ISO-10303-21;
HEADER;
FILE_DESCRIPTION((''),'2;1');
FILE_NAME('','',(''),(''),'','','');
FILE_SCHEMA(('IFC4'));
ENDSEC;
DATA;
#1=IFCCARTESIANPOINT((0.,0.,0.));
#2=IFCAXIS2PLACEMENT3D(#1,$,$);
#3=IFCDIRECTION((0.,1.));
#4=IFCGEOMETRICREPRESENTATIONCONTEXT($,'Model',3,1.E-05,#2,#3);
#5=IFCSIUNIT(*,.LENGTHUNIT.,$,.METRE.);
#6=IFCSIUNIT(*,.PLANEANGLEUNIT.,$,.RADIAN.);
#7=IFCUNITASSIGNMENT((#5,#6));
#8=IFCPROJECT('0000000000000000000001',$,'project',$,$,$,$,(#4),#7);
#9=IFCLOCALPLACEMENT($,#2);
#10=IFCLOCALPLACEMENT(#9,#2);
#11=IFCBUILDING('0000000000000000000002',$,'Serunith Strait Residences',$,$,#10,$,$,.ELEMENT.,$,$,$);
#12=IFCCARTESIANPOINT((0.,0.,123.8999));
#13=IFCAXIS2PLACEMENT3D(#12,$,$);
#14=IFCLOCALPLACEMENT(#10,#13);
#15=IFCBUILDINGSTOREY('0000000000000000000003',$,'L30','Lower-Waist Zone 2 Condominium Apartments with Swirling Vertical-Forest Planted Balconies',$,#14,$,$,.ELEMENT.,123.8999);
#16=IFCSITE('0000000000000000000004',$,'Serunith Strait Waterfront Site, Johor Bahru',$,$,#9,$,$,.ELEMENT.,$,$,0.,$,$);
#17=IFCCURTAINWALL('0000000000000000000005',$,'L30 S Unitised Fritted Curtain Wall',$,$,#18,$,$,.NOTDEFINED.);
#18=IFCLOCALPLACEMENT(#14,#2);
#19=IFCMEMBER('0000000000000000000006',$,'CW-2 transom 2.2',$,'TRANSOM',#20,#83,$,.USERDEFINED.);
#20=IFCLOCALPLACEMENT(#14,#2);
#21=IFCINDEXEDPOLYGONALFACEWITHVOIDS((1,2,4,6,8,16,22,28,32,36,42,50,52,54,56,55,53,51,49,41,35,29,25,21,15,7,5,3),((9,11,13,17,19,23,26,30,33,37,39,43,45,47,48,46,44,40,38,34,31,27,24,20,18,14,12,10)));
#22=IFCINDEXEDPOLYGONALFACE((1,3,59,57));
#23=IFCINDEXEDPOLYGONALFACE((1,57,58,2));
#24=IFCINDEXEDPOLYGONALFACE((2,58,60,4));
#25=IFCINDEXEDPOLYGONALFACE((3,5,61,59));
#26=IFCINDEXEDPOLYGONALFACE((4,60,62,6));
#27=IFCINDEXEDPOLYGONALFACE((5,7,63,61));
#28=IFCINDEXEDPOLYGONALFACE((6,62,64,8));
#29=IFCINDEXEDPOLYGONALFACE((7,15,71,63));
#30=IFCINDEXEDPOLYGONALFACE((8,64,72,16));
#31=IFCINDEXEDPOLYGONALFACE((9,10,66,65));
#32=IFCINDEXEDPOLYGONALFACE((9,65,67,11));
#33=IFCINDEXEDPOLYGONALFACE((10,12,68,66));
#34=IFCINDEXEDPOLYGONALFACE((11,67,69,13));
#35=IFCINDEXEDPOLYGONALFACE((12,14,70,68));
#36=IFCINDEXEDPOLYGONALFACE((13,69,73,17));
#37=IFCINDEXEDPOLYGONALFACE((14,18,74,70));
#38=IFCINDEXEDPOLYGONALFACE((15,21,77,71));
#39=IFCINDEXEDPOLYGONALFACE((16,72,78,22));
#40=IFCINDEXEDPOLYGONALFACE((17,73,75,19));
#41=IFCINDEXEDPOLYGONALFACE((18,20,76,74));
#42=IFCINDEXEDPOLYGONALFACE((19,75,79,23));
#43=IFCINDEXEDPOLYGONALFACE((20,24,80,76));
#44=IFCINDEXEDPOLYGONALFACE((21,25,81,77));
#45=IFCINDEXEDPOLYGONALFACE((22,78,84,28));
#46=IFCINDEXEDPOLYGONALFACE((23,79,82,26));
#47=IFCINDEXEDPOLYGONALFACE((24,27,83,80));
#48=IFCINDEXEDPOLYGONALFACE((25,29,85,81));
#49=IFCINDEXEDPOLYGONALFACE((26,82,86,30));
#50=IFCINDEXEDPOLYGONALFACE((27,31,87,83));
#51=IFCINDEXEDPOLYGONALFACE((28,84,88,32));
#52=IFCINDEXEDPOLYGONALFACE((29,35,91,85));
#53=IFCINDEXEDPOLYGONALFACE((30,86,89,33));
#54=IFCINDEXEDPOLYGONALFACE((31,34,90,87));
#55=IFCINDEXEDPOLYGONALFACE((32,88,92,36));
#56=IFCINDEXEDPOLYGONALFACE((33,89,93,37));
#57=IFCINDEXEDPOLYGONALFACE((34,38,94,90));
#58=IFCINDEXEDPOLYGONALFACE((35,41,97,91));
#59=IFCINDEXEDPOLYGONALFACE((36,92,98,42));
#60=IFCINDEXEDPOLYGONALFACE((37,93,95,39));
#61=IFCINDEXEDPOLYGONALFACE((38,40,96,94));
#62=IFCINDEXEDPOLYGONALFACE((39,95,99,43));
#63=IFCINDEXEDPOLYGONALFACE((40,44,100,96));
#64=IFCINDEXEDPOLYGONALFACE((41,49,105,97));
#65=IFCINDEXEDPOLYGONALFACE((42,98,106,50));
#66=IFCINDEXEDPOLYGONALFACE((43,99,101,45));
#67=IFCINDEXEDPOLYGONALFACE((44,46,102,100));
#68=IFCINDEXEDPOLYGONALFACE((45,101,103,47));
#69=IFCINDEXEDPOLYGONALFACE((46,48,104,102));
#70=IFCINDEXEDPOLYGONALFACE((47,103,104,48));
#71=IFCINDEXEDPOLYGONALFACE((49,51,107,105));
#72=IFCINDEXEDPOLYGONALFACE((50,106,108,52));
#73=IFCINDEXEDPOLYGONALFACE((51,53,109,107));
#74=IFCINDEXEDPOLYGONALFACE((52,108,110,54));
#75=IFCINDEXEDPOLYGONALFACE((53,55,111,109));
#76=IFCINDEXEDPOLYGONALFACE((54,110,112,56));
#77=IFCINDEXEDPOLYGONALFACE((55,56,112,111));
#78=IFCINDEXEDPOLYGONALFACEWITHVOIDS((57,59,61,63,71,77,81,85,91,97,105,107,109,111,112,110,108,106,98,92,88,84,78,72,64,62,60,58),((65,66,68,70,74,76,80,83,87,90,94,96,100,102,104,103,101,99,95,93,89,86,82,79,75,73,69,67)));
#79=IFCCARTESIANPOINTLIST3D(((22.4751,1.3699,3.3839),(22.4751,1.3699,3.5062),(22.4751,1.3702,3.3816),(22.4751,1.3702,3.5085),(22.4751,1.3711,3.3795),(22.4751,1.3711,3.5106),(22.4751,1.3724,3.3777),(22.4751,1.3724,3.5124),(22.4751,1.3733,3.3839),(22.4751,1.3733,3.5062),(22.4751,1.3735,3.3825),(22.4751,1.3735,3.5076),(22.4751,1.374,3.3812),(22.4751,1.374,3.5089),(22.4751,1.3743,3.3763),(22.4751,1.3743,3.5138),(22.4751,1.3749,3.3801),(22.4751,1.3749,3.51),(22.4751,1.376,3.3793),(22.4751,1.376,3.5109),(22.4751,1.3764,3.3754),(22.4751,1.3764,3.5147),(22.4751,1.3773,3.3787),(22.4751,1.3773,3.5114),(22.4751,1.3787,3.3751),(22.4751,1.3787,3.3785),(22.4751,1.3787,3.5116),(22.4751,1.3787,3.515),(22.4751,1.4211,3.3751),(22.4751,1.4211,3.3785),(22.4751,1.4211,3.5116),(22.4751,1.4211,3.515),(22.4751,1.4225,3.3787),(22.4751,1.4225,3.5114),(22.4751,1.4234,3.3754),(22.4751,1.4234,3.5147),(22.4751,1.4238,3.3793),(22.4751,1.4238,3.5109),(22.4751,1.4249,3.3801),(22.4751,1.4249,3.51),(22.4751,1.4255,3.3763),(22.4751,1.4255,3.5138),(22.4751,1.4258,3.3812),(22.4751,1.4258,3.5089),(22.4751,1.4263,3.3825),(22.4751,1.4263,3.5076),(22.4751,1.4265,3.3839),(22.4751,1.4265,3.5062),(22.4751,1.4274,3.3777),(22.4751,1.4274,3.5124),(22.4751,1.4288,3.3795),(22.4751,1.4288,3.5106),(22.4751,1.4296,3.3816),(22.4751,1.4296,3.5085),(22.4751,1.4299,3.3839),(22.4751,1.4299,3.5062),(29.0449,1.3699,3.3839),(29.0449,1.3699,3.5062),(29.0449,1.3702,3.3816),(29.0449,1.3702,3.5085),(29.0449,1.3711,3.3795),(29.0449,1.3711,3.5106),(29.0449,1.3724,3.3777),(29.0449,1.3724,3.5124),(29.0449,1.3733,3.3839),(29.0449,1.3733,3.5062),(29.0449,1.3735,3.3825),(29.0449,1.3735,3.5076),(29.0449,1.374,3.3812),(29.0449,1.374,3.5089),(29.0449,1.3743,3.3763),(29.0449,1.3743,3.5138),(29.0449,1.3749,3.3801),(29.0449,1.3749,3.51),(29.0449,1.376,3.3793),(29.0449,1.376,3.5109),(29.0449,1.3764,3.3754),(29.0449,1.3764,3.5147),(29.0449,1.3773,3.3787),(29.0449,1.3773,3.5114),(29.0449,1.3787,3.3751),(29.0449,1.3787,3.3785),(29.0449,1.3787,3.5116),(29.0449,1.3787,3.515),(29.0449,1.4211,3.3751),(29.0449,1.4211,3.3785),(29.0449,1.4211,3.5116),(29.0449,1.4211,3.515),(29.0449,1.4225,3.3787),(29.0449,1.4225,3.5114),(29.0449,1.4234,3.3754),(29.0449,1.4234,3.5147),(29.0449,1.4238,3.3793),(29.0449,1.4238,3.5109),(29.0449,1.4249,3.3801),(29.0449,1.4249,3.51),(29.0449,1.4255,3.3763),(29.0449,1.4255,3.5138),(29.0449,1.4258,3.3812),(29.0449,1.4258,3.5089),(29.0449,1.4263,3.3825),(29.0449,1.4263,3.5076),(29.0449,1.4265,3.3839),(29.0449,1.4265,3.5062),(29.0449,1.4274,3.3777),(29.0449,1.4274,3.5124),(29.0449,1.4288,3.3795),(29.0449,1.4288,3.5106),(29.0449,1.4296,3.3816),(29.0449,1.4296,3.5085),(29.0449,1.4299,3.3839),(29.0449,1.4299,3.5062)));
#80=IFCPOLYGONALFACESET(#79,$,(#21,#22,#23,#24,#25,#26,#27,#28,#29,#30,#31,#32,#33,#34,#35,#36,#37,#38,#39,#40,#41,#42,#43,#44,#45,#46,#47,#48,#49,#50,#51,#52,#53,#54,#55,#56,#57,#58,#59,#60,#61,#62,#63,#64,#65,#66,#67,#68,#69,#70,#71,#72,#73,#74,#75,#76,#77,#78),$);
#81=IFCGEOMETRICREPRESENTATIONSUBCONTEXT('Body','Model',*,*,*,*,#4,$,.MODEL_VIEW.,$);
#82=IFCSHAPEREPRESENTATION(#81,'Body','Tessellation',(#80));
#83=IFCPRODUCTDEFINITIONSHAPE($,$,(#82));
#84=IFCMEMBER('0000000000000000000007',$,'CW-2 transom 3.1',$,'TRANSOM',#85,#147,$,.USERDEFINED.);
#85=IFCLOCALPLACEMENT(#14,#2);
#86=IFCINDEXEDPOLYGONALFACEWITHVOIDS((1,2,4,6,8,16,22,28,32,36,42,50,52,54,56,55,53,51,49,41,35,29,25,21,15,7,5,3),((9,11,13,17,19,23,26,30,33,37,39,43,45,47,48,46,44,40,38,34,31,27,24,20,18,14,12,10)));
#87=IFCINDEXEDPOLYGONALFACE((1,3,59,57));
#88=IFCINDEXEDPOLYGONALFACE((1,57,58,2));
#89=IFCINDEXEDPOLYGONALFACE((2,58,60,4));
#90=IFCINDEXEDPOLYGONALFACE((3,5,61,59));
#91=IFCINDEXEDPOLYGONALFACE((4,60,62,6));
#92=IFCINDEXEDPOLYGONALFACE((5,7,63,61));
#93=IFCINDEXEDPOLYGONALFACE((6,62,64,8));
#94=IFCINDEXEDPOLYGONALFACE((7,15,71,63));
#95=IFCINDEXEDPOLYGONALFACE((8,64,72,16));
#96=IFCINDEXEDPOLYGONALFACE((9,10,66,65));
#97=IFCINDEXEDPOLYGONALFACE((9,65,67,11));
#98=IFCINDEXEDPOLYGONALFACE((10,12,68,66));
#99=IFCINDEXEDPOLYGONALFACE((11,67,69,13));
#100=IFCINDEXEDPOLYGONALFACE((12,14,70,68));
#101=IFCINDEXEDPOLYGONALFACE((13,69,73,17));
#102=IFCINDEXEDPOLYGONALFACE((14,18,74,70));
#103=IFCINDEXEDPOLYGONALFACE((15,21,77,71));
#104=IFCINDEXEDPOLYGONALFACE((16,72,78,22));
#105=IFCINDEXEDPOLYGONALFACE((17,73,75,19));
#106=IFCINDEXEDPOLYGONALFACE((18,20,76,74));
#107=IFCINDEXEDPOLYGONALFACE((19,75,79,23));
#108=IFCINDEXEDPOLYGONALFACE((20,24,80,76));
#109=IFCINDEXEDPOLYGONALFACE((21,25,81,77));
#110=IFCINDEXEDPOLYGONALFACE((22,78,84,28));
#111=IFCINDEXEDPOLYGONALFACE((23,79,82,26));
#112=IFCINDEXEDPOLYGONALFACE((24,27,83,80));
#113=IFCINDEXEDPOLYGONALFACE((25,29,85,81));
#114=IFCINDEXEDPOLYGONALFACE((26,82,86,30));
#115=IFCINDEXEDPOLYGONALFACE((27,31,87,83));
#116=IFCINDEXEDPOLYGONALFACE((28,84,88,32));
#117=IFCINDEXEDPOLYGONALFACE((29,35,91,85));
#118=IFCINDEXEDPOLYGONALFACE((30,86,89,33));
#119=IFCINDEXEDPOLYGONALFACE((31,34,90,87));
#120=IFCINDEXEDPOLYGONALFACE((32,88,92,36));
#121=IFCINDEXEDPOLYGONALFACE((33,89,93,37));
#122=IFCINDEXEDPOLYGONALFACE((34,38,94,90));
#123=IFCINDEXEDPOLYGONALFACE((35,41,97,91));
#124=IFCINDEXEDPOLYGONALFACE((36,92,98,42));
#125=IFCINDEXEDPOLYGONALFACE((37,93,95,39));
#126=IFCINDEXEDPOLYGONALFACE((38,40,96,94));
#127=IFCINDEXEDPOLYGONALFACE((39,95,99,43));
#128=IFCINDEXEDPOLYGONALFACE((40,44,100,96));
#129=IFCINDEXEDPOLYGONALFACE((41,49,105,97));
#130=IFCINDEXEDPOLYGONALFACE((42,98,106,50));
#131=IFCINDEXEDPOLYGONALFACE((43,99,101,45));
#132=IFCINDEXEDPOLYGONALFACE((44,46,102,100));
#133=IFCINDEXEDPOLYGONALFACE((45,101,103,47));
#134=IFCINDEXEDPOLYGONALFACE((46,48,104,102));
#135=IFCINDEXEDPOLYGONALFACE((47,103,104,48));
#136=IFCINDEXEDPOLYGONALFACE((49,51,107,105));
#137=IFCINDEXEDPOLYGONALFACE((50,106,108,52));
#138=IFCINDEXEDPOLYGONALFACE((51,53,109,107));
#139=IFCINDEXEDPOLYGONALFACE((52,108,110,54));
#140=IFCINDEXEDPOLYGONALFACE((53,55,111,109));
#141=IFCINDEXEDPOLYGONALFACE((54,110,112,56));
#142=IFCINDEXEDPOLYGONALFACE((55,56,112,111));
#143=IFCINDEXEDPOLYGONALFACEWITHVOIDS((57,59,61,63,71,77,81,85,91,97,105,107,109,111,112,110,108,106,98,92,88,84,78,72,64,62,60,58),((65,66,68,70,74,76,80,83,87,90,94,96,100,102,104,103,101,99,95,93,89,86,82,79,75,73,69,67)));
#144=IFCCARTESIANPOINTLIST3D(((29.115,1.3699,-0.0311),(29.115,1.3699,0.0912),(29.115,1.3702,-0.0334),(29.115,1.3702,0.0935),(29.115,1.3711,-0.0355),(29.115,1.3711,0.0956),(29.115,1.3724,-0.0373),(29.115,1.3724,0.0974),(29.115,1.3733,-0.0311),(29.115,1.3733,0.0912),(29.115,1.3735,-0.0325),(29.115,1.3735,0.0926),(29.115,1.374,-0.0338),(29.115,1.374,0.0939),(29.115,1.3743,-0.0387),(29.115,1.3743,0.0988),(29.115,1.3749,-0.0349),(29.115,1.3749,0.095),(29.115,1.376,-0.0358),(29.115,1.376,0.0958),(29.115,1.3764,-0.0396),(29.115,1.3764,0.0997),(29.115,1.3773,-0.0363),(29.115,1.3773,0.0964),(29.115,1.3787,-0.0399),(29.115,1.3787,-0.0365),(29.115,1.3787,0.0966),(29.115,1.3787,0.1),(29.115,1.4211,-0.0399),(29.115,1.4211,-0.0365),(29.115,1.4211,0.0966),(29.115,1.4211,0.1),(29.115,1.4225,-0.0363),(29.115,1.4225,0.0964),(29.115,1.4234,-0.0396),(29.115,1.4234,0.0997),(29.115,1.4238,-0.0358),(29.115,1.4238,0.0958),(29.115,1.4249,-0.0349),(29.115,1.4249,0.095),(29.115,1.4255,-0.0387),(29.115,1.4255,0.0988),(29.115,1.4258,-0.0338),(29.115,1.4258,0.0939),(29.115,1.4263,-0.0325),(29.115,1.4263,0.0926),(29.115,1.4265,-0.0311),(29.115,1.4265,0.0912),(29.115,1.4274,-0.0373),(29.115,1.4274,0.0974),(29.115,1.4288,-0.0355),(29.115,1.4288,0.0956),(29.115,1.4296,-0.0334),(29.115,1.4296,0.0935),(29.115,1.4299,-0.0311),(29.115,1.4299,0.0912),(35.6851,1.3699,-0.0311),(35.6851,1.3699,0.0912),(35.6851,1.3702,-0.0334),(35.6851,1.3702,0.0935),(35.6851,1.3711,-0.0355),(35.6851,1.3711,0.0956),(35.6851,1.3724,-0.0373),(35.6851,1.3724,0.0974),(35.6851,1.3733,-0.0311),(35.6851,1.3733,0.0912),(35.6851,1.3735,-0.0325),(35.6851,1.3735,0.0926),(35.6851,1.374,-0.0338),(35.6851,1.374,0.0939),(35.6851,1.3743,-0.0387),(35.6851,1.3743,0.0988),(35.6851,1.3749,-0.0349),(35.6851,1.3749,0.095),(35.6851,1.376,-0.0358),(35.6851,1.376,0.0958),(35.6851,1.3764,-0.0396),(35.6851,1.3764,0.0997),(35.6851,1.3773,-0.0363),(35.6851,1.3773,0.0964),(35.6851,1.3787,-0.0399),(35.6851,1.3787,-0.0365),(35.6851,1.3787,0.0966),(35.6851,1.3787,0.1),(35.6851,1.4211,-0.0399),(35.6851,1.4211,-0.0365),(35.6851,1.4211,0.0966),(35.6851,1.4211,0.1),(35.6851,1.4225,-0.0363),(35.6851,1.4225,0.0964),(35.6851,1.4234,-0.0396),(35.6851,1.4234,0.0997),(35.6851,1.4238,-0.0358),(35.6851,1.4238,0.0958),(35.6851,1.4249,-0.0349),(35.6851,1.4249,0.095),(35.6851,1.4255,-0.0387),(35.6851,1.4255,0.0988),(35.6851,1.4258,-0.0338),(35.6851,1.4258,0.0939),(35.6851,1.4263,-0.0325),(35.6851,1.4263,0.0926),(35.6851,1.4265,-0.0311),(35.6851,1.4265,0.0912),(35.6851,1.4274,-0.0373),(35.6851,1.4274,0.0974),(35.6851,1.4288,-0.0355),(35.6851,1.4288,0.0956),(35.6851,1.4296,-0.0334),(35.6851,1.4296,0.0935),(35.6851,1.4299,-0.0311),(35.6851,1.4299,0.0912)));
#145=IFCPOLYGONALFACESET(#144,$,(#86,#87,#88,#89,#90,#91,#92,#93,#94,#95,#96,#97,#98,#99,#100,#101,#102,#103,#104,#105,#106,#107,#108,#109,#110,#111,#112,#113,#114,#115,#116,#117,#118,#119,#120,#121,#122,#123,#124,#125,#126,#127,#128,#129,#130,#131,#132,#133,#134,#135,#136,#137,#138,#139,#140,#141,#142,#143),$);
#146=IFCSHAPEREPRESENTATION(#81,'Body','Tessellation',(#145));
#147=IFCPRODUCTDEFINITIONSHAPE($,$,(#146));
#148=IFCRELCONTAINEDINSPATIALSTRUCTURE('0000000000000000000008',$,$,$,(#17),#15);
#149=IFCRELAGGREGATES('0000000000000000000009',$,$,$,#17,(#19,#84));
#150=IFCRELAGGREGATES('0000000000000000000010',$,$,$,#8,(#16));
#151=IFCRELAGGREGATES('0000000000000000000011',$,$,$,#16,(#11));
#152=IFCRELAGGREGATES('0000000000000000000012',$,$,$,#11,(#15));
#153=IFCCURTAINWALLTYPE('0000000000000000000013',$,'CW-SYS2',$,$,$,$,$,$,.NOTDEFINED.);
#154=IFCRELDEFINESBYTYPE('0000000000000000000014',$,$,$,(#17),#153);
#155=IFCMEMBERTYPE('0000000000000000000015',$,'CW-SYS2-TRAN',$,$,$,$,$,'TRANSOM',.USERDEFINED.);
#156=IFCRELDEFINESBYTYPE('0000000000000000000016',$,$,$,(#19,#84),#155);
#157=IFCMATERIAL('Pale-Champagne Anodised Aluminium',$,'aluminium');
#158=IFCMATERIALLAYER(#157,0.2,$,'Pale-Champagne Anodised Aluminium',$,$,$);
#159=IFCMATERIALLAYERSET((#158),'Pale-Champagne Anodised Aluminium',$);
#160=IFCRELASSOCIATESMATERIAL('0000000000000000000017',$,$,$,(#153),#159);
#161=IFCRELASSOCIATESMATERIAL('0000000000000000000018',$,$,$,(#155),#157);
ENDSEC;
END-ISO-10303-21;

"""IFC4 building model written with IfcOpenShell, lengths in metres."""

from ifc_helpers import new_model, si_unit, direction, frame, origin, origin_2d, place, context, subcontext, project, spatial, hollow_rectangle, extrude, source, transform, mapped, material, layer, layer_set, material_profile, profile_set, type_object, element, aggregate, save


model = new_model("IFC4")

# Units and contexts
model_context = context("Model", 3, precision=1e-05, world=origin(), true_north=direction((0.0, 1.0)))
body_context = subcontext(model_context, "Body", "Model", "MODEL_VIEW")
ifc_project = project(units=[si_unit("LENGTHUNIT", "METRE"), si_unit("PLANEANGLEUNIT", "RADIAN")], contexts=[model_context])

# Site, building, storey
site_placement = place(None, origin())
site = spatial("IfcSite", under=ifc_project, at=site_placement, Name="Serunith Strait Waterfront Site, Johor Bahru", CompositionType="ELEMENT", RefElevation=0.0)
building_placement = place(site_placement, origin())
building = spatial("IfcBuilding", under=site, at=building_placement, Name="Serunith Strait Residences", CompositionType="ELEMENT")
storey_placement = place(building_placement, frame((0.0, 0.0, 123.8999)))
storey = spatial("IfcBuildingStorey", under=building, at=storey_placement, Name="L30", Description="Lower-Waist Zone 2 Condominium Apartments with Swirling Vertical-Forest Planted Balconies", CompositionType="ELEMENT", Elevation=123.8999)

# Curtain wall, members
ifc_material_1 = material(Name="Pale-Champagne Anodised Aluminium", Category="aluminium")
ifc_layer_1 = layer(ifc_material_1, 0.2, Name="Pale-Champagne Anodised Aluminium")
ifc_layer_set_1 = layer_set([ifc_layer_1], Name="Pale-Champagne Anodised Aluminium")
curtain_wall_type = type_object("IfcCurtainWallType", Name="CW-SYS2", PredefinedType="NOTDEFINED", material=ifc_layer_set_1)
curtain_wall_placement = place(storey_placement, origin())
curtain_wall = element("IfcCurtainWall", 1, at=curtain_wall_placement, inside=storey, type_object=curtain_wall_type, Name="L30 S Unitised Fritted Curtain Wall", PredefinedType="NOTDEFINED")
ifc_material_profile_1 = material_profile(ifc_material_1, hollow_rectangle(XDim=0.0601, YDim=0.1399, WallThickness=0.0034, InnerFilletRadius=0.0054, OuterFilletRadius=0.0088, at=origin_2d()), Name="ALU 140x60x3.5")
ifc_profile_set_1 = profile_set([ifc_material_profile_1], Name="Pale-Champagne Anodised Aluminium")
member_type_1 = type_object("IfcMemberType", Name="CW-SYS2-TRAN", ElementType="TRANSOM", PredefinedType="USERDEFINED", material=ifc_profile_set_1)
shared_shape_1 = source(origin(), body_context, "Body", "SweptSolid", [
    extrude(hollow_rectangle(XDim=0.0601, YDim=0.1399, WallThickness=0.0034, InnerFilletRadius=0.0054, OuterFilletRadius=0.0088, at=origin_2d()), origin(), (0.0, 0.0, 1.0), 6.5698),
])
member_1_placement = place(storey_placement, frame((22.4751, 1.3999, 3.4451), z_axis=(1.0, 0.0, 0.0), x_axis=(0.0, 1.0, 0.0)))
member_1 = element("IfcMember", 2, at=member_1_placement, type_object=member_type_1, Name="CW-2 transom 2.2", ObjectType="TRANSOM", PredefinedType="USERDEFINED", context=body_context, shape_type="MappedRepresentation", body=[
    mapped(shared_shape_1, transform((0.0, 0.0, 0.0), scale=1.0)),
])
shared_shape_2 = source(origin(), body_context, "Body", "SweptSolid", [
    extrude(hollow_rectangle(XDim=0.0601, YDim=0.1399, WallThickness=0.0034, InnerFilletRadius=0.0054, OuterFilletRadius=0.0088, at=origin_2d()), origin(), (0.0, 0.0, 1.0), 6.5701),
])
member_2_placement = place(storey_placement, frame((29.115, 1.3999, 0.03), z_axis=(1.0, 0.0, 0.0), x_axis=(0.0, 1.0, 0.0)))
member_2 = element("IfcMember", 3, at=member_2_placement, type_object=member_type_1, Name="CW-2 transom 3.1", ObjectType="TRANSOM", PredefinedType="USERDEFINED", context=body_context, shape_type="MappedRepresentation", body=[
    mapped(shared_shape_2, transform((0.0, 0.0, 0.0), scale=1.0)),
])
aggregate(curtain_wall, [member_1, member_2])

save(model, "model.ifc")
